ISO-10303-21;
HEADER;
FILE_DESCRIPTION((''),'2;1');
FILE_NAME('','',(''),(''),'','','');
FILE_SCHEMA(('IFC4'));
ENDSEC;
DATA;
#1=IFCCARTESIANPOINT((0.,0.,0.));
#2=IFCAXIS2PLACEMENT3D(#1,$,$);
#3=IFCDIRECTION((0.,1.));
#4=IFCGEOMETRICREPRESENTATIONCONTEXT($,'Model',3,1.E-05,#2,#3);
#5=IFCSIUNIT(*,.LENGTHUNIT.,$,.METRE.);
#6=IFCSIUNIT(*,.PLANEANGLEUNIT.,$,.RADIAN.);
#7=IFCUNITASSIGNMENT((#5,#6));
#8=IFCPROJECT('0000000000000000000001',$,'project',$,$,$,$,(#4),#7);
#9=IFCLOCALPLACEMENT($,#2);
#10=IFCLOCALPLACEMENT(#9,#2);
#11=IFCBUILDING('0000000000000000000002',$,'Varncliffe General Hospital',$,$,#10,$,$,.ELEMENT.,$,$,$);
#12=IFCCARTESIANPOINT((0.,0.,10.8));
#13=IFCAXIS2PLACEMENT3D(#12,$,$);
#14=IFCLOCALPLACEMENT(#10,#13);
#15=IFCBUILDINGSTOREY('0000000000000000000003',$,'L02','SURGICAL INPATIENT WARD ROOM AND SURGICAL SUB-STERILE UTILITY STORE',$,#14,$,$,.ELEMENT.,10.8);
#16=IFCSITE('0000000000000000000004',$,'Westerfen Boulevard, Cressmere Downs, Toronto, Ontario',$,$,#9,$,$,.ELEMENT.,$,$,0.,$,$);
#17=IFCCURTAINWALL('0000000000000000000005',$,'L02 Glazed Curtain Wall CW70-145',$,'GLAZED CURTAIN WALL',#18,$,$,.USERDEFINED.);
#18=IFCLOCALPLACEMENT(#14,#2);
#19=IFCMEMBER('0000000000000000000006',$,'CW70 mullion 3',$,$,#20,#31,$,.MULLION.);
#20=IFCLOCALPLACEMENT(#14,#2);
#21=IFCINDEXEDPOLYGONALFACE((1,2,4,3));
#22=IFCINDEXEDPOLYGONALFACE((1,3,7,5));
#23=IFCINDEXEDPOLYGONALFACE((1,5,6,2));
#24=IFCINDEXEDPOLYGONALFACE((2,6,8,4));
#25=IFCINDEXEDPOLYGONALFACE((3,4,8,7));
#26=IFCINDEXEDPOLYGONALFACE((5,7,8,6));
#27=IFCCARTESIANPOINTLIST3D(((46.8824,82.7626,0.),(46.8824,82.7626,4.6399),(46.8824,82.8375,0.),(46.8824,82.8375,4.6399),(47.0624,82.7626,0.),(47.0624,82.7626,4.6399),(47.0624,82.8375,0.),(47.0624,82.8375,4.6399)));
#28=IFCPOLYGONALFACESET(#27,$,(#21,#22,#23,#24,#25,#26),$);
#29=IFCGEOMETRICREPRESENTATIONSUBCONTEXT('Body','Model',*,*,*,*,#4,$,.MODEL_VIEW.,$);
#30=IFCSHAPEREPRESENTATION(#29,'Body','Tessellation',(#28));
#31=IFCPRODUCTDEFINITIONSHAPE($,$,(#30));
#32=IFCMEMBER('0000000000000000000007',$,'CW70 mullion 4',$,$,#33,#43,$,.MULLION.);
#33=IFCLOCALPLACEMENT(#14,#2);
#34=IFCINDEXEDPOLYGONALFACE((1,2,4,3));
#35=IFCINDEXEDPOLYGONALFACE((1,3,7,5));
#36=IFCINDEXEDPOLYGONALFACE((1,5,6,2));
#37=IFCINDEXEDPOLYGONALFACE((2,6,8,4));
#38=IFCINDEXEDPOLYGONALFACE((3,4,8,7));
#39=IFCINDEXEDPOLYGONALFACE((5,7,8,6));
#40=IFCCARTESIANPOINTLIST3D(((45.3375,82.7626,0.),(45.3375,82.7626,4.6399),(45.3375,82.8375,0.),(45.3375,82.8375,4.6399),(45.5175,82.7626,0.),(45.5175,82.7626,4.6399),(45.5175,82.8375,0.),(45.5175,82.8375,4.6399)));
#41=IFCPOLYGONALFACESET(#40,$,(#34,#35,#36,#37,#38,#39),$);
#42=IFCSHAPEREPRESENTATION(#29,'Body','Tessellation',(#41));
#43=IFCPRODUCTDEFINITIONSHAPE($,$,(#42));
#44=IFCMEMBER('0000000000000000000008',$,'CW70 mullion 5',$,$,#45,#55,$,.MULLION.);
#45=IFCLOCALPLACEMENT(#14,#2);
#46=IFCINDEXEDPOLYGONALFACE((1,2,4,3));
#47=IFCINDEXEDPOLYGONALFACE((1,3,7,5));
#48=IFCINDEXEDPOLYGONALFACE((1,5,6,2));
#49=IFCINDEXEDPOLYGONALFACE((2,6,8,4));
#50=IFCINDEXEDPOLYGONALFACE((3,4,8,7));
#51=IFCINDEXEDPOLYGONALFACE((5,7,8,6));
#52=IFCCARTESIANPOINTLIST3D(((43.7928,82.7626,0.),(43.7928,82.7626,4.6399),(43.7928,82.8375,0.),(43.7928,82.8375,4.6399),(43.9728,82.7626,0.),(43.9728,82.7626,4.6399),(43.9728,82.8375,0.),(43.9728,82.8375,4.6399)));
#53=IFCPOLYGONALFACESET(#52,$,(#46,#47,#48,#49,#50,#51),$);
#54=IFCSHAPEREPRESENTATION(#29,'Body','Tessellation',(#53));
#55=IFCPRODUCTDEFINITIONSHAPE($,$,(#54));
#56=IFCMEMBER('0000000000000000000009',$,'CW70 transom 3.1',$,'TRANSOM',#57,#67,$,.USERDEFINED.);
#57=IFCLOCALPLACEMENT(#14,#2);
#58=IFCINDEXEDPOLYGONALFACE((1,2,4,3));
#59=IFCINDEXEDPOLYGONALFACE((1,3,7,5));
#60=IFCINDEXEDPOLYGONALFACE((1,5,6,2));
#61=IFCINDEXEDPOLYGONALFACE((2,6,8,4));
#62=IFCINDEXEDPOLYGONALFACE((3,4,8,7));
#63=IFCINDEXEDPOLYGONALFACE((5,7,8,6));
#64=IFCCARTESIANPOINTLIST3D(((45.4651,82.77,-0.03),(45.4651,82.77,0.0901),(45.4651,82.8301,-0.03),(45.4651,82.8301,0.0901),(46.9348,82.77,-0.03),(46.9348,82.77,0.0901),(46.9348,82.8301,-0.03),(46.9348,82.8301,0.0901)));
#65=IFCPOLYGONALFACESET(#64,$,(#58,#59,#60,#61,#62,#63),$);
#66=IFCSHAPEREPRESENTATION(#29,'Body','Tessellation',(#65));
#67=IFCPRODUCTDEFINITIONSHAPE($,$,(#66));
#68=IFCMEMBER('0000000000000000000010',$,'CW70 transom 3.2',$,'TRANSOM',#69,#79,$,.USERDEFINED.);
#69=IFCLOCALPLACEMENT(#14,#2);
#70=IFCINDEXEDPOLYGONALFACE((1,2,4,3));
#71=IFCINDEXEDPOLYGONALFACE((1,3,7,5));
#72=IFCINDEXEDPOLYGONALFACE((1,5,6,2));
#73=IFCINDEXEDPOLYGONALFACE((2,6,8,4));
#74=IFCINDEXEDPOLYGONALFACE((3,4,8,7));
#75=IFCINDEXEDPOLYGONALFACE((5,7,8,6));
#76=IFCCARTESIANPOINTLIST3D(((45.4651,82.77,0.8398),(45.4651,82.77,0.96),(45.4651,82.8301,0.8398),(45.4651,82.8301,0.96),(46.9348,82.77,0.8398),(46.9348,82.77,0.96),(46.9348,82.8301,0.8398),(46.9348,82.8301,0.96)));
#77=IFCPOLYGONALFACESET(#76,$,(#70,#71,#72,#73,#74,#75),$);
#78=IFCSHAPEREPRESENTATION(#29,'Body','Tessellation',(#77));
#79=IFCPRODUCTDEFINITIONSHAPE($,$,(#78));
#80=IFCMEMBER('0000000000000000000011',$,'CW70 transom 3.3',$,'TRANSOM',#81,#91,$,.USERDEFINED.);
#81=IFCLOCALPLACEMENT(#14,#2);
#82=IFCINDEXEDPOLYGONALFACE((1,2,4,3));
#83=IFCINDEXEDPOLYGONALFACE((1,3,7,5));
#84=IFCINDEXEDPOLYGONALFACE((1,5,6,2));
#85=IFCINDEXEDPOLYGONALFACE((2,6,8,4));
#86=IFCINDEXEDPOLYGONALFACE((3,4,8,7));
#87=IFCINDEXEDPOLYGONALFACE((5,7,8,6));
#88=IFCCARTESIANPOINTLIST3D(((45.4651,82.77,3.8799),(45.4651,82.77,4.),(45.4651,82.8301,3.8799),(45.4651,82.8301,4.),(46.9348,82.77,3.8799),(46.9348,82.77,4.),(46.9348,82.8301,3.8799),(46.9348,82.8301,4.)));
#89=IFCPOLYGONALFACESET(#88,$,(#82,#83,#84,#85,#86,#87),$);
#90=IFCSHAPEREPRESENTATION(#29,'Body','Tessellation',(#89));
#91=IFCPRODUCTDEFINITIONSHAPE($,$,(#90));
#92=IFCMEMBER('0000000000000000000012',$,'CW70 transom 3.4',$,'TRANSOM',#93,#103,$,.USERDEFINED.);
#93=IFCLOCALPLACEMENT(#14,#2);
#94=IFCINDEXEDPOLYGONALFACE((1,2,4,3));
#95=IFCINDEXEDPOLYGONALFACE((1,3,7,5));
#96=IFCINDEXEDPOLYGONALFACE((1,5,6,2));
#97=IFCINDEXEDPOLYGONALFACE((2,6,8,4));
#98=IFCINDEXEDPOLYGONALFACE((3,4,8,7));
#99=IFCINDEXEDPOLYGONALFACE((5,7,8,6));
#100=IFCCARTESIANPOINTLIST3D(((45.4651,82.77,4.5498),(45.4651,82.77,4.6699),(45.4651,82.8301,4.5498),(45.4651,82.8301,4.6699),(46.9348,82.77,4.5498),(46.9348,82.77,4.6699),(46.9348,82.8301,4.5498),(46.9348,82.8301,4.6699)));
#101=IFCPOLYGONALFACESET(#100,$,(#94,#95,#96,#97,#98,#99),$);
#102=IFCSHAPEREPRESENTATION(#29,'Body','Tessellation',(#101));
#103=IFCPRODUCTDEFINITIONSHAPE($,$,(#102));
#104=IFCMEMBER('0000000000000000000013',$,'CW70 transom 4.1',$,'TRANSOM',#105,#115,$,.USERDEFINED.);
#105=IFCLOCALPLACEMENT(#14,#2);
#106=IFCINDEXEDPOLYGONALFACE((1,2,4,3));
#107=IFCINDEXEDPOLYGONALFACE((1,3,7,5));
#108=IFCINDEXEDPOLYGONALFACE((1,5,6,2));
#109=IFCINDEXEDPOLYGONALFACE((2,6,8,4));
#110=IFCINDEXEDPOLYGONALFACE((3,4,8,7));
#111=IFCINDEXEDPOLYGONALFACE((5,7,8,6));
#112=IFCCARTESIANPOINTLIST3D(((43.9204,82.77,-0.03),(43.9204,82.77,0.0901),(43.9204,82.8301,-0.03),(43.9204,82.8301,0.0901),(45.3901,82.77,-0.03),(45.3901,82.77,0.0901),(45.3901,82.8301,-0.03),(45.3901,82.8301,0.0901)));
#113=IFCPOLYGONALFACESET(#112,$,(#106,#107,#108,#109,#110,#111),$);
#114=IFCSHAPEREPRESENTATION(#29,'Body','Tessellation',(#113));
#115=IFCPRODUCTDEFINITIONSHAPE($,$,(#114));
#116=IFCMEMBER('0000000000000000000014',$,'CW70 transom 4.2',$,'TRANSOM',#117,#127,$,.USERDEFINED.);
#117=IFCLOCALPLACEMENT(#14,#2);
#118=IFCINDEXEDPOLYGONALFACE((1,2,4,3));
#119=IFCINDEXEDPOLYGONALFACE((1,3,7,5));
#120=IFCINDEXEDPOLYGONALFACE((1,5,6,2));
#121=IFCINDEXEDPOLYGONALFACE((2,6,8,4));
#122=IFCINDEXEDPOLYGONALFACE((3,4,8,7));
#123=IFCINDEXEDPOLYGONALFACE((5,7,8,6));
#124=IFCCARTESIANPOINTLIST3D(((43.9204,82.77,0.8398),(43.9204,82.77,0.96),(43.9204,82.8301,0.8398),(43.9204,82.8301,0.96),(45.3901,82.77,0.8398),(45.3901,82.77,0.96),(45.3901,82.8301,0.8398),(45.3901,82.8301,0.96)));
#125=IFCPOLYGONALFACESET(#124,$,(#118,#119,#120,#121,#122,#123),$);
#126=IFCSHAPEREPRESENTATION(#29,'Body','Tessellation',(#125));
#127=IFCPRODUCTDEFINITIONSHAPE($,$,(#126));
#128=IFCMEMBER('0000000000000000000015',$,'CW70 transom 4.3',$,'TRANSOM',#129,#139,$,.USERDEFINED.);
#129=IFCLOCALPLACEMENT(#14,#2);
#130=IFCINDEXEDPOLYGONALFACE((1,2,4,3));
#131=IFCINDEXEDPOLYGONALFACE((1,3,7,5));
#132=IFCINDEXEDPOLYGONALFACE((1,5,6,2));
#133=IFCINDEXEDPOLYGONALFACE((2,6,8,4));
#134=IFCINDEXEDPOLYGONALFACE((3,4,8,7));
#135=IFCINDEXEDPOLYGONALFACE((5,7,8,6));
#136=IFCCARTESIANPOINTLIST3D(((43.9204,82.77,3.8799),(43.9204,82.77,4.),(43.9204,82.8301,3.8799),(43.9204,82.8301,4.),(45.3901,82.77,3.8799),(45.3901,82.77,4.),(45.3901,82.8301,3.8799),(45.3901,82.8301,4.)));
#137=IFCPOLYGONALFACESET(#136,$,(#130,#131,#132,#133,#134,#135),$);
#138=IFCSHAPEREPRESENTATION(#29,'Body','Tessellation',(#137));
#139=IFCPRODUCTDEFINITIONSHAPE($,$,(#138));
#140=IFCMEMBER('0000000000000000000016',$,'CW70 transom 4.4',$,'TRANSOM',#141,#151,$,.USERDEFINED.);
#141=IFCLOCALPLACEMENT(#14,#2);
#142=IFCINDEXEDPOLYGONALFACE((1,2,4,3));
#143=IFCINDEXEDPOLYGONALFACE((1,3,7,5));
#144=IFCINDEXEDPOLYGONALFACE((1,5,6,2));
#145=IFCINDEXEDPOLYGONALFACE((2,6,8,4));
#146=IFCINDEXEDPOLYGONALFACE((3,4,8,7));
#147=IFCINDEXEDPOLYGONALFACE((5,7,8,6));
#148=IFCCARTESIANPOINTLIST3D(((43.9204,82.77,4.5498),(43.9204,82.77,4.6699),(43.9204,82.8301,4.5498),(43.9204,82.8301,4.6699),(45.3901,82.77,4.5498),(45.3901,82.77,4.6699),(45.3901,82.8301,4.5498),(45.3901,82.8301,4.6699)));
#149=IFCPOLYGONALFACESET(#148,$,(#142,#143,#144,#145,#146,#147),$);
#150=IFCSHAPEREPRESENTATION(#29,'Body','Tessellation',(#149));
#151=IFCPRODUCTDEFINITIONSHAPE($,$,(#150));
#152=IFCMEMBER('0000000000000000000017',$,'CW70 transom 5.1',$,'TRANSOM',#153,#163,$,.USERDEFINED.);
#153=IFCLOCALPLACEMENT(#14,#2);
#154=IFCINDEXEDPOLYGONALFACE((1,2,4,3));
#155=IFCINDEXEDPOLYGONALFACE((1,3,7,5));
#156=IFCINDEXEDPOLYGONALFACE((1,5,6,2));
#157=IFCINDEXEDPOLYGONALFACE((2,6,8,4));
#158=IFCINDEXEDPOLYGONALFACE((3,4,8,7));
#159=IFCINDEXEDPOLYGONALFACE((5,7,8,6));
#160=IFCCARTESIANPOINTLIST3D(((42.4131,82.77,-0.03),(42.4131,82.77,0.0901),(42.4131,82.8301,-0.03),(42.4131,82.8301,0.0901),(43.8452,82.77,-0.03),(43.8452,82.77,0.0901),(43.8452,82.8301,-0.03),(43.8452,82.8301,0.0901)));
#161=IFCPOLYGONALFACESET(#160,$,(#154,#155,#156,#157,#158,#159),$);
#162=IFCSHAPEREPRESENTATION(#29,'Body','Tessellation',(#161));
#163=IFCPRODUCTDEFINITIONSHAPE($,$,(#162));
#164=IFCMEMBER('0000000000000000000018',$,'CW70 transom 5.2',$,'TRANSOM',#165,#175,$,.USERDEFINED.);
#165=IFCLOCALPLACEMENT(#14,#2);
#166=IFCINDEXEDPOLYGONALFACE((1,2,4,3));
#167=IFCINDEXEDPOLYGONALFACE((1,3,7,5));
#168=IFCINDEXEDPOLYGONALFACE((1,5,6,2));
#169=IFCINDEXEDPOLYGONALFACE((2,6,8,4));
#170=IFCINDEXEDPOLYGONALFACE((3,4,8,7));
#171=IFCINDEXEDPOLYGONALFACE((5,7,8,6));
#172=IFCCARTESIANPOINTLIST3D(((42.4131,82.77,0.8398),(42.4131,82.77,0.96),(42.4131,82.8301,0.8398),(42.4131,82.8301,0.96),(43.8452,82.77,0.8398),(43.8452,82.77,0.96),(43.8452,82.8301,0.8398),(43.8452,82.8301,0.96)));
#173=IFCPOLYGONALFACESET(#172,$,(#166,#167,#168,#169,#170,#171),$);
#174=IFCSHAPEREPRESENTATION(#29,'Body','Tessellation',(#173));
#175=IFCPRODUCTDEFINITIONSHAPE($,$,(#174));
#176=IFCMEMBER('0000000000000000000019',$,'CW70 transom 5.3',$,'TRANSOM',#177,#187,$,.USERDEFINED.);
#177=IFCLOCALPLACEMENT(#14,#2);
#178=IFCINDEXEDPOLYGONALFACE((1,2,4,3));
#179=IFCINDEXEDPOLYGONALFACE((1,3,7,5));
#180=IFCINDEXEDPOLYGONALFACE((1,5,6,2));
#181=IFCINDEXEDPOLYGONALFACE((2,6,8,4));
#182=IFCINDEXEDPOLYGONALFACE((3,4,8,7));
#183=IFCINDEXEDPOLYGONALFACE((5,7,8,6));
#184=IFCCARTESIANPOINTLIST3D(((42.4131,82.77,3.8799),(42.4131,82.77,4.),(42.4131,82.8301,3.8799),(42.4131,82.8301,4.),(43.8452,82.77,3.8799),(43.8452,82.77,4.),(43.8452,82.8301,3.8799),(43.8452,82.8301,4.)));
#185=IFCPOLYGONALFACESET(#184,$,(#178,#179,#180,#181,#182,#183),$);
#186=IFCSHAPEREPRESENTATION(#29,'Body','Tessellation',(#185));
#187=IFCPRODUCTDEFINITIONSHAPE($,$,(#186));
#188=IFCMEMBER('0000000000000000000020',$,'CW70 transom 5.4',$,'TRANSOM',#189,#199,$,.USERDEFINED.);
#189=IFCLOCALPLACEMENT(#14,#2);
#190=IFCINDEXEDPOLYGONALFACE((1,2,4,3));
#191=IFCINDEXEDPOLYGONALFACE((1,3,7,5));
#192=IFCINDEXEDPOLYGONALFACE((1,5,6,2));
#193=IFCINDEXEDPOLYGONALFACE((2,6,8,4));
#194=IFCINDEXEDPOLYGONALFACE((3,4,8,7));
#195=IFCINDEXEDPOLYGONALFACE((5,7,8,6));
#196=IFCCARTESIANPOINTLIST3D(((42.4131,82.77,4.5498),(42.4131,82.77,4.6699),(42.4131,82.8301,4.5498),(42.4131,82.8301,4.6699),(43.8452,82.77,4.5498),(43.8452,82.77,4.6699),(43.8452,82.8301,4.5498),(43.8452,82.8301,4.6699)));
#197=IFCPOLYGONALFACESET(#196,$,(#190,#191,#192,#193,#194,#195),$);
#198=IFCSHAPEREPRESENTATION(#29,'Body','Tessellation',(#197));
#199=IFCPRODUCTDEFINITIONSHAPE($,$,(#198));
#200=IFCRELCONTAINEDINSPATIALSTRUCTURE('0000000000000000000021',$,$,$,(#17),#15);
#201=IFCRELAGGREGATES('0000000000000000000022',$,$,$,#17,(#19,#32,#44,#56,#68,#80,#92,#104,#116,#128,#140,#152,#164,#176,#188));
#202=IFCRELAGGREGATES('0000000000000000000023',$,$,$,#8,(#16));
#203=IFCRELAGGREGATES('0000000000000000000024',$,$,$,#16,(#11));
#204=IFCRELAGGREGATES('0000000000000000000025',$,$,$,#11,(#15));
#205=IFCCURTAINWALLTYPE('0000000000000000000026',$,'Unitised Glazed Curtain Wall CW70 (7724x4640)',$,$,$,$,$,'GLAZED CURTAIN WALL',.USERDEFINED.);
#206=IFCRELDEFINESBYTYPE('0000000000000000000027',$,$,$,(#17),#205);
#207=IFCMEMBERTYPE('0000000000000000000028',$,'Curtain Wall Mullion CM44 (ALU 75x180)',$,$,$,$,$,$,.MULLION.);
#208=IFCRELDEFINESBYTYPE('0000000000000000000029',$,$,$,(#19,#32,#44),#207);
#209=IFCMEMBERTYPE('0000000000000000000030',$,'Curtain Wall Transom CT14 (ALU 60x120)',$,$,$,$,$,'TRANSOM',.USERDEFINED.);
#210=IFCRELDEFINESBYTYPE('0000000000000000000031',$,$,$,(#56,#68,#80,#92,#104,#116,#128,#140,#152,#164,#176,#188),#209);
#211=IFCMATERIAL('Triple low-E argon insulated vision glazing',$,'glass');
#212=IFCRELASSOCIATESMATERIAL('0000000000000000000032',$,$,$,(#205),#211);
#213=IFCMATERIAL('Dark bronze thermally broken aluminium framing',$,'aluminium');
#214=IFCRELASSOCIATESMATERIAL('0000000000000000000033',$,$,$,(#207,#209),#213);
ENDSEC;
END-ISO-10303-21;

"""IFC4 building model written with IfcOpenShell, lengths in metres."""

from ifc_helpers import new_model, si_unit, direction, frame, origin, origin_2d, place, context, subcontext, project, spatial, rectangle, extrude, material, material_profile, profile_set, type_object, element, aggregate, save


model = new_model("IFC4")

# Units and contexts
model_context = context("Model", 3, precision=1e-05, world=origin(), true_north=direction((0.0, 1.0)))
body_context = subcontext(model_context, "Body", "Model", "MODEL_VIEW")
ifc_project = project(units=[si_unit("LENGTHUNIT", "METRE"), si_unit("PLANEANGLEUNIT", "RADIAN")], contexts=[model_context])

# Site, building, storey
site_placement = place(None, origin())
site = spatial("IfcSite", under=ifc_project, at=site_placement, Name="Westerfen Boulevard, Cressmere Downs, Toronto, Ontario", CompositionType="ELEMENT", RefElevation=0.0)
building_placement = place(site_placement, origin())
building = spatial("IfcBuilding", under=site, at=building_placement, Name="Varncliffe General Hospital", CompositionType="ELEMENT")
storey_placement = place(building_placement, frame((0.0, 0.0, 10.8)))
storey = spatial("IfcBuildingStorey", under=building, at=storey_placement, Name="L02", Description="SURGICAL INPATIENT WARD ROOM AND SURGICAL SUB-STERILE UTILITY STORE", CompositionType="ELEMENT", Elevation=10.8)

# Curtain wall, members
ifc_material_1 = material(Name="Triple low-E argon insulated vision glazing", Category="glass")
curtain_wall_type = type_object("IfcCurtainWallType", Name="Unitised Glazed Curtain Wall CW70 (7724x4640)", ElementType="GLAZED CURTAIN WALL", PredefinedType="USERDEFINED", material=ifc_material_1)
curtain_wall_placement = place(storey_placement, origin())
curtain_wall = element("IfcCurtainWall", 1, at=curtain_wall_placement, inside=storey, type_object=curtain_wall_type, Name="L02 Glazed Curtain Wall CW70-145", ObjectType="GLAZED CURTAIN WALL", PredefinedType="USERDEFINED")
ifc_material_2 = material(Name="Dark bronze thermally broken aluminium framing", Category="aluminium")
ifc_material_profile_1 = material_profile(ifc_material_2, rectangle(XDim=0.075, YDim=0.1799, at=origin_2d()), Name="ALU 75x180")
ifc_profile_set_1 = profile_set([ifc_material_profile_1], Name="Dark bronze thermally broken aluminium framing")
member_type_1 = type_object("IfcMemberType", Name="Curtain Wall Mullion CM44 (ALU 75x180)", PredefinedType="MULLION", material=ifc_profile_set_1)
member_1_placement = place(storey_placement, frame((46.9724, 82.8, 0.0), z_axis=(0.0, 0.0, 1.0), x_axis=(0.0, -1.0, 0.0)))
member_1 = element("IfcMember", 2, at=member_1_placement, type_object=member_type_1, Name="CW70 mullion 3", PredefinedType="MULLION", context=body_context, shape_type="SweptSolid", body=[
    extrude(rectangle(XDim=0.075, YDim=0.1799, at=origin_2d()), origin(), (0.0, 0.0, 1.0), 4.6399),
])
member_2_placement = place(storey_placement, frame((45.4275, 82.8, 0.0), z_axis=(0.0, 0.0, 1.0), x_axis=(0.0, -1.0, 0.0)))
member_2 = element("IfcMember", 3, at=member_2_placement, type_object=member_type_1, Name="CW70 mullion 4", PredefinedType="MULLION", context=body_context, shape_type="SweptSolid", body=[
    extrude(rectangle(XDim=0.075, YDim=0.1799, at=origin_2d()), origin(), (0.0, 0.0, 1.0), 4.6399),
])
member_3_placement = place(storey_placement, frame((43.8828, 82.8, 0.0), z_axis=(0.0, 0.0, 1.0), x_axis=(0.0, -1.0, 0.0)))
member_3 = element("IfcMember", 4, at=member_3_placement, type_object=member_type_1, Name="CW70 mullion 5", PredefinedType="MULLION", context=body_context, shape_type="SweptSolid", body=[
    extrude(rectangle(XDim=0.075, YDim=0.1799, at=origin_2d()), origin(), (0.0, 0.0, 1.0), 4.6399),
])
ifc_material_profile_2 = material_profile(ifc_material_2, rectangle(XDim=0.0601, YDim=0.1201, at=origin_2d()), Name="ALU 60x120")
ifc_profile_set_2 = profile_set([ifc_material_profile_2], Name="Dark bronze thermally broken aluminium framing")
member_type_2 = type_object("IfcMemberType", Name="Curtain Wall Transom CT14 (ALU 60x120)", ElementType="TRANSOM", PredefinedType="USERDEFINED", material=ifc_profile_set_2)
member_4_placement = place(storey_placement, frame((46.9348, 82.8, 0.03), z_axis=(-1.0, 0.0, 0.0), x_axis=(0.0, -1.0, 0.0)))
member_4 = element("IfcMember", 5, at=member_4_placement, type_object=member_type_2, Name="CW70 transom 3.1", ObjectType="TRANSOM", PredefinedType="USERDEFINED", context=body_context, shape_type="SweptSolid", body=[
    extrude(rectangle(XDim=0.0601, YDim=0.1201, at=origin_2d()), origin(), (0.0, 0.0, 1.0), 1.4697),
])
member_5_placement = place(storey_placement, frame((46.9348, 82.8, 0.8999), z_axis=(-1.0, 0.0, 0.0), x_axis=(0.0, -1.0, 0.0)))
member_5 = element("IfcMember", 6, at=member_5_placement, type_object=member_type_2, Name="CW70 transom 3.2", ObjectType="TRANSOM", PredefinedType="USERDEFINED", context=body_context, shape_type="SweptSolid", body=[
    extrude(rectangle(XDim=0.0601, YDim=0.1201, at=origin_2d()), origin(), (0.0, 0.0, 1.0), 1.4697),
])
member_6_placement = place(storey_placement, frame((46.9348, 82.8, 3.9399), z_axis=(-1.0, 0.0, 0.0), x_axis=(0.0, -1.0, 0.0)))
member_6 = element("IfcMember", 7, at=member_6_placement, type_object=member_type_2, Name="CW70 transom 3.3", ObjectType="TRANSOM", PredefinedType="USERDEFINED", context=body_context, shape_type="SweptSolid", body=[
    extrude(rectangle(XDim=0.0601, YDim=0.1201, at=origin_2d()), origin(), (0.0, 0.0, 1.0), 1.4697),
])
member_7_placement = place(storey_placement, frame((46.9348, 82.8, 4.6099), z_axis=(-1.0, 0.0, 0.0), x_axis=(0.0, -1.0, 0.0)))
member_7 = element("IfcMember", 8, at=member_7_placement, type_object=member_type_2, Name="CW70 transom 3.4", ObjectType="TRANSOM", PredefinedType="USERDEFINED", context=body_context, shape_type="SweptSolid", body=[
    extrude(rectangle(XDim=0.0601, YDim=0.1201, at=origin_2d()), origin(), (0.0, 0.0, 1.0), 1.4697),
])
member_8_placement = place(storey_placement, frame((45.3901, 82.8, 0.03), z_axis=(-1.0, 0.0, 0.0), x_axis=(0.0, -1.0, 0.0)))
member_8 = element("IfcMember", 9, at=member_8_placement, type_object=member_type_2, Name="CW70 transom 4.1", ObjectType="TRANSOM", PredefinedType="USERDEFINED", context=body_context, shape_type="SweptSolid", body=[
    extrude(rectangle(XDim=0.0601, YDim=0.1201, at=origin_2d()), origin(), (0.0, 0.0, 1.0), 1.4697),
])
member_9_placement = place(storey_placement, frame((45.3901, 82.8, 0.8999), z_axis=(-1.0, 0.0, 0.0), x_axis=(0.0, -1.0, 0.0)))
member_9 = element("IfcMember", 10, at=member_9_placement, type_object=member_type_2, Name="CW70 transom 4.2", ObjectType="TRANSOM", PredefinedType="USERDEFINED", context=body_context, shape_type="SweptSolid", body=[
    extrude(rectangle(XDim=0.0601, YDim=0.1201, at=origin_2d()), origin(), (0.0, 0.0, 1.0), 1.4697),
])
member_10_placement = place(storey_placement, frame((45.3901, 82.8, 3.9399), z_axis=(-1.0, 0.0, 0.0), x_axis=(0.0, -1.0, 0.0)))
member_10 = element("IfcMember", 11, at=member_10_placement, type_object=member_type_2, Name="CW70 transom 4.3", ObjectType="TRANSOM", PredefinedType="USERDEFINED", context=body_context, shape_type="SweptSolid", body=[
    extrude(rectangle(XDim=0.0601, YDim=0.1201, at=origin_2d()), origin(), (0.0, 0.0, 1.0), 1.4697),
])
member_11_placement = place(storey_placement, frame((45.3901, 82.8, 4.6099), z_axis=(-1.0, 0.0, 0.0), x_axis=(0.0, -1.0, 0.0)))
member_11 = element("IfcMember", 12, at=member_11_placement, type_object=member_type_2, Name="CW70 transom 4.4", ObjectType="TRANSOM", PredefinedType="USERDEFINED", context=body_context, shape_type="SweptSolid", body=[
    extrude(rectangle(XDim=0.0601, YDim=0.1201, at=origin_2d()), origin(), (0.0, 0.0, 1.0), 1.4697),
])
member_12_placement = place(storey_placement, frame((43.8452, 82.8, 0.03), z_axis=(-1.0, 0.0, 0.0), x_axis=(0.0, -1.0, 0.0)))
member_12 = element("IfcMember", 13, at=member_12_placement, type_object=member_type_2, Name="CW70 transom 5.1", ObjectType="TRANSOM", PredefinedType="USERDEFINED", context=body_context, shape_type="SweptSolid", body=[
    extrude(rectangle(XDim=0.0601, YDim=0.1201, at=origin_2d()), origin(), (0.0, 0.0, 1.0), 1.4321),
])
member_13_placement = place(storey_placement, frame((43.8452, 82.8, 0.8999), z_axis=(-1.0, 0.0, 0.0), x_axis=(0.0, -1.0, 0.0)))
member_13 = element("IfcMember", 14, at=member_13_placement, type_object=member_type_2, Name="CW70 transom 5.2", ObjectType="TRANSOM", PredefinedType="USERDEFINED", context=body_context, shape_type="SweptSolid", body=[
    extrude(rectangle(XDim=0.0601, YDim=0.1201, at=origin_2d()), origin(), (0.0, 0.0, 1.0), 1.4321),
])
member_14_placement = place(storey_placement, frame((43.8452, 82.8, 3.9399), z_axis=(-1.0, 0.0, 0.0), x_axis=(0.0, -1.0, 0.0)))
member_14 = element("IfcMember", 15, at=member_14_placement, type_object=member_type_2, Name="CW70 transom 5.3", ObjectType="TRANSOM", PredefinedType="USERDEFINED", context=body_context, shape_type="SweptSolid", body=[
    extrude(rectangle(XDim=0.0601, YDim=0.1201, at=origin_2d()), origin(), (0.0, 0.0, 1.0), 1.4321),
])
member_15_placement = place(storey_placement, frame((43.8452, 82.8, 4.6099), z_axis=(-1.0, 0.0, 0.0), x_axis=(0.0, -1.0, 0.0)))
member_15 = element("IfcMember", 16, at=member_15_placement, type_object=member_type_2, Name="CW70 transom 5.4", ObjectType="TRANSOM", PredefinedType="USERDEFINED", context=body_context, shape_type="SweptSolid", body=[
    extrude(rectangle(XDim=0.0601, YDim=0.1201, at=origin_2d()), origin(), (0.0, 0.0, 1.0), 1.4321),
])
aggregate(curtain_wall, [member_1, member_2, member_3, member_4, member_5, member_6, member_7, member_8, member_9, member_10, member_11, member_12, member_13, member_14, member_15])

save(model, "model.ifc")
